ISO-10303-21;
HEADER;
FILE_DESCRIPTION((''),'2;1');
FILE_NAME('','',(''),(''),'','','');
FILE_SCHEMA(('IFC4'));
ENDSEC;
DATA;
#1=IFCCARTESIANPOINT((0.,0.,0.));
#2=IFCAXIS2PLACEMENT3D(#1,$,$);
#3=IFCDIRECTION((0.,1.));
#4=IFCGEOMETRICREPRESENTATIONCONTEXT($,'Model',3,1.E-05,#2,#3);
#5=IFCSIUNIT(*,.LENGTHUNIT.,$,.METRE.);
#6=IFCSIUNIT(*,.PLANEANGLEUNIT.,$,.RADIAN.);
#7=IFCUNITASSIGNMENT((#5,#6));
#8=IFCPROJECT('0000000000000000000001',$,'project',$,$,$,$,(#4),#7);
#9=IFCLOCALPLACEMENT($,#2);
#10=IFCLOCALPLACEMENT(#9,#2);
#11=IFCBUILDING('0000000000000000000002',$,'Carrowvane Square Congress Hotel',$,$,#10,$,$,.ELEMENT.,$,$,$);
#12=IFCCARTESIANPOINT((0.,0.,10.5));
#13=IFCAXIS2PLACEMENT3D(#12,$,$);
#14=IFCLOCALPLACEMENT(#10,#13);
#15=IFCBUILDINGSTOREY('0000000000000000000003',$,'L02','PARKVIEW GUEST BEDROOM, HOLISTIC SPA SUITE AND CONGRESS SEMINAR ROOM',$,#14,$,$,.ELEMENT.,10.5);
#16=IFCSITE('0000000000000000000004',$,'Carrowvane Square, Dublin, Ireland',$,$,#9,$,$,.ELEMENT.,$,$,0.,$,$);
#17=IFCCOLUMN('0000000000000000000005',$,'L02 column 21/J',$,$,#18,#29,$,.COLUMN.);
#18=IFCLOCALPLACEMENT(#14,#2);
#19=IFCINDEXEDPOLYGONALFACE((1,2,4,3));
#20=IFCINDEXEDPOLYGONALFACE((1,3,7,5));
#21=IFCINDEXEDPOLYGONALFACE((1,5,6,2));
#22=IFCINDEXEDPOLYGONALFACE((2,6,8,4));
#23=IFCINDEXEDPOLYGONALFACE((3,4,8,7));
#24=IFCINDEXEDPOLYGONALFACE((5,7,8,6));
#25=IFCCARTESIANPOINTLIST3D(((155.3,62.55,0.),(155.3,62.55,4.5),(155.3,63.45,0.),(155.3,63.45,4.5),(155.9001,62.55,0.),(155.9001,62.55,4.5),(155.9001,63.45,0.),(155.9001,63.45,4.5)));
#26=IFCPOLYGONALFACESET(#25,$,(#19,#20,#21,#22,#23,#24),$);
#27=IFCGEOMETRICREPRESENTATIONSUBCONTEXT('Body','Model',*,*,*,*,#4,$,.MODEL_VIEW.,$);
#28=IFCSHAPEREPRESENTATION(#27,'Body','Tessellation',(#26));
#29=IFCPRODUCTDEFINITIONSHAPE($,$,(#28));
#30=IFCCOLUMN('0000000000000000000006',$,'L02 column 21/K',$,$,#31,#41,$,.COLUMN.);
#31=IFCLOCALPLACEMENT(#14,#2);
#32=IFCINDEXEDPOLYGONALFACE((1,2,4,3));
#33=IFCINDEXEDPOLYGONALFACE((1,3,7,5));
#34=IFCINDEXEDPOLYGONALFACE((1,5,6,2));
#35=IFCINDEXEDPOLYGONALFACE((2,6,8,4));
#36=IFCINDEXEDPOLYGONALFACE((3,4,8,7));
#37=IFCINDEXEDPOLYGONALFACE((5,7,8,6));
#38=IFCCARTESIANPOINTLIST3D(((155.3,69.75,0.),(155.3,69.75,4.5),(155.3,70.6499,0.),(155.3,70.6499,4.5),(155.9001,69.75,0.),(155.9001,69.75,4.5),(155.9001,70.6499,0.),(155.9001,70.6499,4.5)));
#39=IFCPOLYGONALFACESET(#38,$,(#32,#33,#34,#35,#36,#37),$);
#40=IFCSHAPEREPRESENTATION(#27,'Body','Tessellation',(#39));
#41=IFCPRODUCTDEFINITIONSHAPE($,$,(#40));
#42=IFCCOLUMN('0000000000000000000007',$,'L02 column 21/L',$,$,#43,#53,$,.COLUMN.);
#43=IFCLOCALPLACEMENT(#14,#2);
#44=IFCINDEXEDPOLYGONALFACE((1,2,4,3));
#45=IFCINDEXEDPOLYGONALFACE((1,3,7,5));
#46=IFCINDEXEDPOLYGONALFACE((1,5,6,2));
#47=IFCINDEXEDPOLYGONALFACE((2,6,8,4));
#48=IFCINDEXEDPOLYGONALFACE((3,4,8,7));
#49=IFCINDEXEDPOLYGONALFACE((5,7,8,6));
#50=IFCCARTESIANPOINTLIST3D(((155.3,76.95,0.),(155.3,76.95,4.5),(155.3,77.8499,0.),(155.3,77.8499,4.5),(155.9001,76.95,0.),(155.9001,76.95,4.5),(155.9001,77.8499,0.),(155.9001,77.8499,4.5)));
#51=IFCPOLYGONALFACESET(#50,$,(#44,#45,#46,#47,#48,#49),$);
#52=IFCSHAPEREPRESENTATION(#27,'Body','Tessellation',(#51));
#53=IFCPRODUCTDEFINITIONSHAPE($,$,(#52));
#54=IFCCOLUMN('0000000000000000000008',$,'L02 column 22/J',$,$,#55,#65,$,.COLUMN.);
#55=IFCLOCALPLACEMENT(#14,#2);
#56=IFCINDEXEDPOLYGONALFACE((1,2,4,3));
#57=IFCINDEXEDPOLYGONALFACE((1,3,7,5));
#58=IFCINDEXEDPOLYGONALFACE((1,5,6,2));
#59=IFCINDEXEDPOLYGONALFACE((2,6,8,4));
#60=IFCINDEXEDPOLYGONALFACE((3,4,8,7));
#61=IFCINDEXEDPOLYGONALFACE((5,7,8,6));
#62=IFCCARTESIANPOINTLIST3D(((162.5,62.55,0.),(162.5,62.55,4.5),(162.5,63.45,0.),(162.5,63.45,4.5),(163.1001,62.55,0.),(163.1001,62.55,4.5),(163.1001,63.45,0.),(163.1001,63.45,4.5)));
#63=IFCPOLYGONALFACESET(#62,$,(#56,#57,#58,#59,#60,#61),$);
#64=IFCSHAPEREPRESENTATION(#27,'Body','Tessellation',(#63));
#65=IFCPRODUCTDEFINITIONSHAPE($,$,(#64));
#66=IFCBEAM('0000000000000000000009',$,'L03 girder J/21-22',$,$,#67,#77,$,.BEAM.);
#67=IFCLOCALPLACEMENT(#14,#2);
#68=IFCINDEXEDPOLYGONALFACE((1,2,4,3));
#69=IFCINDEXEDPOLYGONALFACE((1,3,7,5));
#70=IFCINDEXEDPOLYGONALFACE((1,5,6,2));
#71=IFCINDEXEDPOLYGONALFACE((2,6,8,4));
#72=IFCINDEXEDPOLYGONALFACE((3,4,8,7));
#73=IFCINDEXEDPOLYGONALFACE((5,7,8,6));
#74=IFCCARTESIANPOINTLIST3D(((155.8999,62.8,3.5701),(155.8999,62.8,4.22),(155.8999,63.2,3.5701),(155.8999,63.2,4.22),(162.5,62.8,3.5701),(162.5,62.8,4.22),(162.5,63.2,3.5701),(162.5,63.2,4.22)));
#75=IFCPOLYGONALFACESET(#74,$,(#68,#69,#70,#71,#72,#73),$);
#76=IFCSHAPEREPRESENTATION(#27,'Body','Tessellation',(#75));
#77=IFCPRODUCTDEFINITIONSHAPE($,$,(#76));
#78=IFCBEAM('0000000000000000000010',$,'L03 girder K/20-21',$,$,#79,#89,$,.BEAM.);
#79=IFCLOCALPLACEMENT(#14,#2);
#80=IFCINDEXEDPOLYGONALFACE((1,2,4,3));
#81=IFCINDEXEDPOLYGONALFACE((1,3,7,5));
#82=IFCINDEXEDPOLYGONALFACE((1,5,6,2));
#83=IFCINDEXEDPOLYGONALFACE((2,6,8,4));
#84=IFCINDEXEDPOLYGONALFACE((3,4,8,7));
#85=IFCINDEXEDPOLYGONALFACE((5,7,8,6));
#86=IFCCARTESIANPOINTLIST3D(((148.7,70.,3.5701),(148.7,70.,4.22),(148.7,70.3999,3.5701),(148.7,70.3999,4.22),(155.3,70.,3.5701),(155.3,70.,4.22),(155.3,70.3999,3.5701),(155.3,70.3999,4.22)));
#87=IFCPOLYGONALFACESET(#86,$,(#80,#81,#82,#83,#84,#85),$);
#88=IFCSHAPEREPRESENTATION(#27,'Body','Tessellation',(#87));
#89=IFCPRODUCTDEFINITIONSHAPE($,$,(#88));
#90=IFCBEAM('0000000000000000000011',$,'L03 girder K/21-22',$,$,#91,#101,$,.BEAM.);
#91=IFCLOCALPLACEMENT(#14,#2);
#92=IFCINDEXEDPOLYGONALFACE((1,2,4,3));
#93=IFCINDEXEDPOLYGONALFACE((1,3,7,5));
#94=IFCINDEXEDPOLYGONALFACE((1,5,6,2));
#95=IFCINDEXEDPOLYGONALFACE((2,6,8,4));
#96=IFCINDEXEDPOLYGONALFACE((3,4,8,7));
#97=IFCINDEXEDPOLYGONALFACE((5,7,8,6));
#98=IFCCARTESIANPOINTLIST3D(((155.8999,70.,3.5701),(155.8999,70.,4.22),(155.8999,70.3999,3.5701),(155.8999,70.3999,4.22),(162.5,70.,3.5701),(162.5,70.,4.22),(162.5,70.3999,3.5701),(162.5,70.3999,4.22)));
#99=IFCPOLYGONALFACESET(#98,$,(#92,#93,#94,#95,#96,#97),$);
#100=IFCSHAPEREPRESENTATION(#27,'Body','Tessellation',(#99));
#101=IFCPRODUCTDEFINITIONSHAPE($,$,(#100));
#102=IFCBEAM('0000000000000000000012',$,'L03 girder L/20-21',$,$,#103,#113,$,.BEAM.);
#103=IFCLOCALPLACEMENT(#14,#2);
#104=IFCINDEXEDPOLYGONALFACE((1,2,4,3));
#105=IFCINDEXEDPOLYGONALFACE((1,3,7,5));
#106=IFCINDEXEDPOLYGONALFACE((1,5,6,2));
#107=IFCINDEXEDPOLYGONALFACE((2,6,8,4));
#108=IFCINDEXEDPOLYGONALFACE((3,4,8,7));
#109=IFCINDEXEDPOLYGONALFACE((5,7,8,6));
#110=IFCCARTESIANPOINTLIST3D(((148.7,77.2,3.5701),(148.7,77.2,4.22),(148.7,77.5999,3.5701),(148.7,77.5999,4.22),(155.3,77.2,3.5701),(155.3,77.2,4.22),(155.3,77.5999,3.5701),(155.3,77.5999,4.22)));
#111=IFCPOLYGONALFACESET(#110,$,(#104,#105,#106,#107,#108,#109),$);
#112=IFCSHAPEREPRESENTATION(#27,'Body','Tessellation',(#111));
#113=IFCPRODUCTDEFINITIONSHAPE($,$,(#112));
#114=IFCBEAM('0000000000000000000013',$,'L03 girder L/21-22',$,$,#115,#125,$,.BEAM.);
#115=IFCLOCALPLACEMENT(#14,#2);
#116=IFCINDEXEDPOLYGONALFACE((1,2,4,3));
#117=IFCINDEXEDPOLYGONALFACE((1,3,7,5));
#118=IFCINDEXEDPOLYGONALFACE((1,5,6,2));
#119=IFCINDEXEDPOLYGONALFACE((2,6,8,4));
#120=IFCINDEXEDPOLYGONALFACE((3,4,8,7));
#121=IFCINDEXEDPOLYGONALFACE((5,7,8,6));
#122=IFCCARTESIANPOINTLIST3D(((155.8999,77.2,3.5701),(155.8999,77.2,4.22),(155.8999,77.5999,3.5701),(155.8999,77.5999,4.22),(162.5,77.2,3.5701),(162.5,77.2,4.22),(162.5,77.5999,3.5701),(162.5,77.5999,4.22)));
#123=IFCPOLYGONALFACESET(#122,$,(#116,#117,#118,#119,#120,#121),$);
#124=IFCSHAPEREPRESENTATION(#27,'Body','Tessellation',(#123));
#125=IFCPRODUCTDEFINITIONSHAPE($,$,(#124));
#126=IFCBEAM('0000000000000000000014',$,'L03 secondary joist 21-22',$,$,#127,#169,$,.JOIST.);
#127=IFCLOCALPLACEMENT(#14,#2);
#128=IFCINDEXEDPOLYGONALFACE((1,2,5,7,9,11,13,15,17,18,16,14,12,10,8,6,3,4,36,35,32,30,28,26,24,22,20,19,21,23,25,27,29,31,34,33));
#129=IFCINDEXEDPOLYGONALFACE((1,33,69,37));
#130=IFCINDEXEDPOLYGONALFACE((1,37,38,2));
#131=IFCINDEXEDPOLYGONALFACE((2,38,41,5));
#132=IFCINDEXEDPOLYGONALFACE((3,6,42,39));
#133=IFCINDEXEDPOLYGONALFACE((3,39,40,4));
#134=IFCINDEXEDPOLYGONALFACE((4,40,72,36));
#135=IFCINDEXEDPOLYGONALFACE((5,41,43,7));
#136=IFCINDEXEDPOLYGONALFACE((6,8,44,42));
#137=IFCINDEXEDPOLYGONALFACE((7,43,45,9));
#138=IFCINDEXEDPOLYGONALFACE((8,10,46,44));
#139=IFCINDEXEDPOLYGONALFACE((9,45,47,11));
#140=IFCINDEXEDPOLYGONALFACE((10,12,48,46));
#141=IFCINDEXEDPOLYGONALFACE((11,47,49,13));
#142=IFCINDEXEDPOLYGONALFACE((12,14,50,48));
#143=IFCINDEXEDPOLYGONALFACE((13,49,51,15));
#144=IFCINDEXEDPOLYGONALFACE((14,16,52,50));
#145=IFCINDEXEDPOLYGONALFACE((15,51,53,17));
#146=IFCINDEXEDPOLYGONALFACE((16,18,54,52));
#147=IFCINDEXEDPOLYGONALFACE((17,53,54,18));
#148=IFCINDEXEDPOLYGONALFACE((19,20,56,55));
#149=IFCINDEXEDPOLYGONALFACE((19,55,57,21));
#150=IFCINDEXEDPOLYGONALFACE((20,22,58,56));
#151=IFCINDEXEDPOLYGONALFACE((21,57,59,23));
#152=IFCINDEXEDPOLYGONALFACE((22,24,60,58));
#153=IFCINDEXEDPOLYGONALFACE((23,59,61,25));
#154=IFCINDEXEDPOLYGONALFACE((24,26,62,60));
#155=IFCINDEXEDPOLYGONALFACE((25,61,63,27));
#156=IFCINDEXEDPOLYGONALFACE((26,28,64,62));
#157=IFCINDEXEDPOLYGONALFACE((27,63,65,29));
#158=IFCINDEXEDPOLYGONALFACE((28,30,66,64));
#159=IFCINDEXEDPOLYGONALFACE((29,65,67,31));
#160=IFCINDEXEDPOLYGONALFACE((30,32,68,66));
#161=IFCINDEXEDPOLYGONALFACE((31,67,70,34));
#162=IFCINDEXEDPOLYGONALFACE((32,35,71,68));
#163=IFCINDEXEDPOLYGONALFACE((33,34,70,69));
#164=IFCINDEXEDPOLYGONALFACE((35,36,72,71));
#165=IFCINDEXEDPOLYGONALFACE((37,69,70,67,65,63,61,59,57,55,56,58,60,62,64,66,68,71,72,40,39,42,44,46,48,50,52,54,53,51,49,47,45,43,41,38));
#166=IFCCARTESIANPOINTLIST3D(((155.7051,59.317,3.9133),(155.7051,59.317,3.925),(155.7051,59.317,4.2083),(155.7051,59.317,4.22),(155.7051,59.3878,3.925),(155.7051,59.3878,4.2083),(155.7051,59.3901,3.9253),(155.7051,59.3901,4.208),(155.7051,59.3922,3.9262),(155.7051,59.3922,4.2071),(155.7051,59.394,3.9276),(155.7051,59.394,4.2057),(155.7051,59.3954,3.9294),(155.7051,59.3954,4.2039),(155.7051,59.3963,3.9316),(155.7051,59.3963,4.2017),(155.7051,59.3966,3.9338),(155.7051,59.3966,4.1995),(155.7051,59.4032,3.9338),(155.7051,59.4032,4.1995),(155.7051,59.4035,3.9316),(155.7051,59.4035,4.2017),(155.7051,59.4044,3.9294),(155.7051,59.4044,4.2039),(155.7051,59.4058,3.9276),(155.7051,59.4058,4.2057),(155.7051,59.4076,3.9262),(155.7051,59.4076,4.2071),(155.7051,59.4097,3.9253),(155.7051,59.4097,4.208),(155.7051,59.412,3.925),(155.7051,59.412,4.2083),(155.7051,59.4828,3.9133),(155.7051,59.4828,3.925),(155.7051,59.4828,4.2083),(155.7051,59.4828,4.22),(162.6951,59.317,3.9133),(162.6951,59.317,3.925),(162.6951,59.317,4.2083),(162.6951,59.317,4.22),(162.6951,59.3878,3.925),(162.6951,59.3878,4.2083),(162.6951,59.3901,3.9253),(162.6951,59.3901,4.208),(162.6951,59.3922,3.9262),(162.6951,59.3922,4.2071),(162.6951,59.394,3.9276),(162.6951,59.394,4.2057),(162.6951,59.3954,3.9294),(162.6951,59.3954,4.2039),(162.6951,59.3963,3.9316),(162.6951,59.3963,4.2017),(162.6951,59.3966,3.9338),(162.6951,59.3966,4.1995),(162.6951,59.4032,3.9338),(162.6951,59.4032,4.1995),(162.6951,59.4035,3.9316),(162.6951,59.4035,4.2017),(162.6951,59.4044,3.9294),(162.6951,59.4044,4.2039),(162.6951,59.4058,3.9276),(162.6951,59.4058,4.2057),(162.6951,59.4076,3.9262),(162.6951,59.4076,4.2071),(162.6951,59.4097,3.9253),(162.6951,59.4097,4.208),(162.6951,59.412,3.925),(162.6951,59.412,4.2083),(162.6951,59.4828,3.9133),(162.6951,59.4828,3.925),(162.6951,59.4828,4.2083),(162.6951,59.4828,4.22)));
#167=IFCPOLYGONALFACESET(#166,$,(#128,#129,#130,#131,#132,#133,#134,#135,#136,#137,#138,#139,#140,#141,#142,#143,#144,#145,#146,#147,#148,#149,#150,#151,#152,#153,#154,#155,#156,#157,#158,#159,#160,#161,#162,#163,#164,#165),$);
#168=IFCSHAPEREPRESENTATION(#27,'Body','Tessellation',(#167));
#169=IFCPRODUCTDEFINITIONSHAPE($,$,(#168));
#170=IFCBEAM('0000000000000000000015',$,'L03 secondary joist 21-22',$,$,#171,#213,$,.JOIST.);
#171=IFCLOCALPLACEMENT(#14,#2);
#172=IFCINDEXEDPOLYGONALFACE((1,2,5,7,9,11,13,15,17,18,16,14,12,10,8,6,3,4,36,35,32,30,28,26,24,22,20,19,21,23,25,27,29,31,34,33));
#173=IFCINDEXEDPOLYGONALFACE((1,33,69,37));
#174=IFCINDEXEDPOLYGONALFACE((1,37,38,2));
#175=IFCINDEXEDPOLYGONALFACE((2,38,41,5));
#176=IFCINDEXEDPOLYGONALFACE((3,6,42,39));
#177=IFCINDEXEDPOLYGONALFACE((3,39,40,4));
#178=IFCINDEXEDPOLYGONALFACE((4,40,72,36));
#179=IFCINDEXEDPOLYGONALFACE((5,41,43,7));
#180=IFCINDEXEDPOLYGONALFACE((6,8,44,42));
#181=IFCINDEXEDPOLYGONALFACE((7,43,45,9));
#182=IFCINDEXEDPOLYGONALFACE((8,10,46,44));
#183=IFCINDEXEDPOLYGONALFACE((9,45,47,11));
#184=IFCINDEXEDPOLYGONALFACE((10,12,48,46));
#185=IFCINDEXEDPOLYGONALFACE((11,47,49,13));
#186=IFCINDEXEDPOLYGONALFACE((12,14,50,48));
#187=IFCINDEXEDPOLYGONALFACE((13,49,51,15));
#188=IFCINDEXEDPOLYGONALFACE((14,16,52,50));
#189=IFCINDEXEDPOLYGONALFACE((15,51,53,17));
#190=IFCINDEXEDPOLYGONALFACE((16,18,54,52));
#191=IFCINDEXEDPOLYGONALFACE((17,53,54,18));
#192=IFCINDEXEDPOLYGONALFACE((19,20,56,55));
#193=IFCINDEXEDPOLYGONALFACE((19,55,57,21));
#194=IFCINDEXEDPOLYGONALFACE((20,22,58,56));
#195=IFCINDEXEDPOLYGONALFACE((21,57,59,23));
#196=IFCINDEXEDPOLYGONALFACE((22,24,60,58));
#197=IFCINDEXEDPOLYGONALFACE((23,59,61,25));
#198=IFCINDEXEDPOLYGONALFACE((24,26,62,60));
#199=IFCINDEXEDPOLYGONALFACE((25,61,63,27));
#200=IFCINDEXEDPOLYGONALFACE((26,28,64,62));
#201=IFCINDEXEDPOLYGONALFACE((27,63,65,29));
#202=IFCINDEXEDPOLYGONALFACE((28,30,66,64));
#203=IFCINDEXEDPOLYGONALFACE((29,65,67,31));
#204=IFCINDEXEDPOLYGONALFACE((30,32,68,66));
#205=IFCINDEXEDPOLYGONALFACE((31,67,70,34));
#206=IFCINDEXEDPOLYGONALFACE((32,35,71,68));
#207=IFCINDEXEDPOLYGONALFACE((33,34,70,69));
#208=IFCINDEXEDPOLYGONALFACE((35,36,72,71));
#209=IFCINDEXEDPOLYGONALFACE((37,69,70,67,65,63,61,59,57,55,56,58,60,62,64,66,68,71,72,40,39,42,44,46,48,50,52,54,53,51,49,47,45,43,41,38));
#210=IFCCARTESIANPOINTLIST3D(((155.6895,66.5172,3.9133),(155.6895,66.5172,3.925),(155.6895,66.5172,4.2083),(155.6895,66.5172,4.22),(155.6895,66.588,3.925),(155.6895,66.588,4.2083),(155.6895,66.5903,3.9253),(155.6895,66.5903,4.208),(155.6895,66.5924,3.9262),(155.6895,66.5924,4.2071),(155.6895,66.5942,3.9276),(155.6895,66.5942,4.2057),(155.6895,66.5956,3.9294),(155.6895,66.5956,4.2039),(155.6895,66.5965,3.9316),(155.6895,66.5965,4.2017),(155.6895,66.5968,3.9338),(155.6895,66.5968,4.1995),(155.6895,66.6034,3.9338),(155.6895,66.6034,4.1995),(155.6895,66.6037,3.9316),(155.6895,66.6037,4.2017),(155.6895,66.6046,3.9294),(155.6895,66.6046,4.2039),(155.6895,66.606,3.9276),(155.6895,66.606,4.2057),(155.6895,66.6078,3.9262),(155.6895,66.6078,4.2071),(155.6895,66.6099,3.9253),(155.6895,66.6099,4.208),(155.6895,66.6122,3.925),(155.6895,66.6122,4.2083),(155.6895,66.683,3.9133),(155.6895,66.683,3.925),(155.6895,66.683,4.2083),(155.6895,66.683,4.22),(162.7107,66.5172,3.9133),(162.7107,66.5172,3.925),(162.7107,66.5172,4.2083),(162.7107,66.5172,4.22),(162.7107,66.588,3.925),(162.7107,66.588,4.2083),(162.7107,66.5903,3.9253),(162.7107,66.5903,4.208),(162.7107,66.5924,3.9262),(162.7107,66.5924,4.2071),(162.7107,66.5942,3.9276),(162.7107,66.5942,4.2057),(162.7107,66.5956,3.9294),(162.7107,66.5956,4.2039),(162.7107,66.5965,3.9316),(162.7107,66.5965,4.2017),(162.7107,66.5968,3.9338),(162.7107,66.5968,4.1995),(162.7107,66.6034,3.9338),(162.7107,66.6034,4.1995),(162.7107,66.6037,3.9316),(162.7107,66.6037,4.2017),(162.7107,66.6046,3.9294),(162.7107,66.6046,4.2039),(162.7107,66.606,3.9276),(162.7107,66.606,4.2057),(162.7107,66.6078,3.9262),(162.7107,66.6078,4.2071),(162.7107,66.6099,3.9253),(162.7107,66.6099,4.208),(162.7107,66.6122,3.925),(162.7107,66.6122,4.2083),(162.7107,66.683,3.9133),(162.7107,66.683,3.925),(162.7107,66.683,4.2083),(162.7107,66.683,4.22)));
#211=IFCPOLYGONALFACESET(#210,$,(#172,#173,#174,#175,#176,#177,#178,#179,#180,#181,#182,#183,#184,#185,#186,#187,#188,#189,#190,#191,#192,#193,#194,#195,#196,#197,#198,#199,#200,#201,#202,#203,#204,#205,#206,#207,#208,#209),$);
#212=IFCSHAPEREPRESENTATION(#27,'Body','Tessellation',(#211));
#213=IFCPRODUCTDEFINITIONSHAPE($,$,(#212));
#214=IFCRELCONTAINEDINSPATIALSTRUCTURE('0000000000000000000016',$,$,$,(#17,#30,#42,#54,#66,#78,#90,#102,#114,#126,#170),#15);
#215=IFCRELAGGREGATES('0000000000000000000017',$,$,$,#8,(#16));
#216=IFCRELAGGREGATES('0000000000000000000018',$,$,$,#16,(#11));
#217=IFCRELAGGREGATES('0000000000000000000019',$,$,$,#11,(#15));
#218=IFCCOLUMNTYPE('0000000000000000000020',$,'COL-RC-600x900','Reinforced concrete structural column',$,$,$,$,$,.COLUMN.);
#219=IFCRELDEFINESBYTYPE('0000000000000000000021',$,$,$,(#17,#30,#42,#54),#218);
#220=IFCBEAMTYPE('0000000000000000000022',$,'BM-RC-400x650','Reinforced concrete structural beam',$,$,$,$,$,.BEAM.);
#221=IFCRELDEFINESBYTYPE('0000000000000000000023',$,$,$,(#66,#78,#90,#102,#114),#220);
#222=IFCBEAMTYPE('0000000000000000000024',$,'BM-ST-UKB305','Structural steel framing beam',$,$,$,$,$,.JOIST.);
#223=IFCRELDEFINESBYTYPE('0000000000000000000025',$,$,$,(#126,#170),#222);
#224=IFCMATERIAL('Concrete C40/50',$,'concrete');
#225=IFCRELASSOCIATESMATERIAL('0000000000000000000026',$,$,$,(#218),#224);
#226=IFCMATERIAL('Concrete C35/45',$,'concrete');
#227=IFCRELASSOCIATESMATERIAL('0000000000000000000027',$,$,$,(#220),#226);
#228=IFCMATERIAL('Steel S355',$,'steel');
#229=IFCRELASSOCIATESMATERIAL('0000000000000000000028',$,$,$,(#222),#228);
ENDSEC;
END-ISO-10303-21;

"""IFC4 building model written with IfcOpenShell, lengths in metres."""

from ifc_helpers import new_model, si_unit, direction, frame, origin, origin_2d, place, context, subcontext, project, spatial, rectangle, i_section, extrude, material, material_profile, profile_set, type_object, element, save


model = new_model("IFC4")

# Units and contexts
model_context = context("Model", 3, precision=1e-05, world=origin(), true_north=direction((0.0, 1.0)))
body_context = subcontext(model_context, "Body", "Model", "MODEL_VIEW")
ifc_project = project(units=[si_unit("LENGTHUNIT", "METRE"), si_unit("PLANEANGLEUNIT", "RADIAN")], contexts=[model_context])

# Site, building, storey
site_placement = place(None, origin())
site = spatial("IfcSite", under=ifc_project, at=site_placement, Name="Carrowvane Square, Dublin, Ireland", CompositionType="ELEMENT", RefElevation=0.0)
building_placement = place(site_placement, origin())
building = spatial("IfcBuilding", under=site, at=building_placement, Name="Carrowvane Square Congress Hotel", CompositionType="ELEMENT")
storey_placement = place(building_placement, frame((0.0, 0.0, 10.5)))
storey = spatial("IfcBuildingStorey", under=building, at=storey_placement, Name="L02", Description="PARKVIEW GUEST BEDROOM, HOLISTIC SPA SUITE AND CONGRESS SEMINAR ROOM", CompositionType="ELEMENT", Elevation=10.5)

# Columns
ifc_material_1 = material(Name="Concrete C40/50", Category="concrete")
ifc_material_profile_1 = material_profile(ifc_material_1, rectangle(XDim=0.6001, YDim=0.8999, at=origin_2d()), Name="RC 600x900")
ifc_profile_set_1 = profile_set([ifc_material_profile_1], Name="Concrete C40/50")
column_type = type_object("IfcColumnType", Name="COL-RC-600x900", Description="Reinforced concrete structural column", PredefinedType="COLUMN", material=ifc_profile_set_1)
for number, where, z_axis, x_axis, name in (
    (1, (155.6001, 63.0, 0.0), (0.0, 0.0, 1.0), (1.0, 0.0, 0.0), "L02 column 21/J"),
    (2, (155.6001, 70.2, 0.0), (0.0, 0.0, 1.0), (1.0, 0.0, 0.0), "L02 column 21/K"),
    (3, (155.6001, 77.3999, 0.0), (0.0, 0.0, 1.0), (1.0, 0.0, 0.0), "L02 column 21/L"),
    (4, (162.8, 63.0, 0.0), (0.0, 0.0, 1.0), (1.0, 0.0, 0.0), "L02 column 22/J"),
):
    element("IfcColumn", number, at=place(storey_placement, frame(where, z_axis=z_axis, x_axis=x_axis)), inside=storey, type_object=column_type, Name=name, PredefinedType="COLUMN", context=body_context, shape_type="SweptSolid", body=[
        extrude(rectangle(XDim=0.6001, YDim=0.8999, at=origin_2d()), origin(), (0.0, 0.0, 1.0), 4.5),
    ])

# Beams
ifc_material_2 = material(Name="Concrete C35/45", Category="concrete")
ifc_material_profile_2 = material_profile(ifc_material_2, rectangle(XDim=0.3999, YDim=0.6499, at=origin_2d()), Name="RC 400x650")
ifc_profile_set_2 = profile_set([ifc_material_profile_2], Name="Concrete C35/45")
beam_type_1 = type_object("IfcBeamType", Name="BM-RC-400x650", Description="Reinforced concrete structural beam", PredefinedType="BEAM", material=ifc_profile_set_2)
for number, where, z_axis, x_axis, name in (
    (5, (155.8999, 63.0, 3.895), (1.0, 0.0, 0.0), (0.0, 1.0, 0.0), "L03 girder J/21-22"),
    (6, (148.7, 70.2, 3.895), (1.0, 0.0, 0.0), (0.0, 1.0, 0.0), "L03 girder K/20-21"),
    (7, (155.8999, 70.2, 3.895), (1.0, 0.0, 0.0), (0.0, 1.0, 0.0), "L03 girder K/21-22"),
    (8, (148.7, 77.3999, 3.895), (1.0, 0.0, 0.0), (0.0, 1.0, 0.0), "L03 girder L/20-21"),
    (9, (155.8999, 77.3999, 3.895), (1.0, 0.0, 0.0), (0.0, 1.0, 0.0), "L03 girder L/21-22"),
):
    element("IfcBeam", number, at=place(storey_placement, frame(where, z_axis=z_axis, x_axis=x_axis)), inside=storey, type_object=beam_type_1, Name=name, PredefinedType="BEAM", context=body_context, shape_type="SweptSolid", body=[
        extrude(rectangle(XDim=0.3999, YDim=0.6499, at=origin_2d()), origin(), (0.0, 0.0, 1.0), 6.6001),
    ])
ifc_material_3 = material(Name="Steel S355", Category="steel")
ifc_material_profile_3 = material_profile(ifc_material_3, i_section(OverallWidth=0.1658, OverallDepth=0.3066, WebThickness=0.0066, FlangeThickness=0.0117, FilletRadius=0.0088, at=origin_2d()), Name="UKB 305x165x46")
ifc_profile_set_3 = profile_set([ifc_material_profile_3], Name="Steel S355")
beam_type_2 = type_object("IfcBeamType", Name="BM-ST-UKB305", Description="Structural steel framing beam", PredefinedType="JOIST", material=ifc_profile_set_3)
beam_1_placement = place(storey_placement, frame((155.7051, 59.3999, 4.0667), z_axis=(1.0, 0.0, 0.0), x_axis=(0.0, 1.0, 0.0)))
element("IfcBeam", 10, at=beam_1_placement, inside=storey, type_object=beam_type_2, Name="L03 secondary joist 21-22", PredefinedType="JOIST", context=body_context, shape_type="SweptSolid", body=[
    extrude(i_section(OverallWidth=0.1658, OverallDepth=0.3066, WebThickness=0.0066, FlangeThickness=0.0117, FilletRadius=0.0088, at=origin_2d()), origin(), (0.0, 0.0, 1.0), 6.99),
])
for number, where, z_axis, x_axis, name in (
    (11, (155.6895, 66.6001, 4.0667), (1.0, 0.0, 0.0), (0.0, 1.0, 0.0), "L03 secondary joist 21-22"),
):
    element("IfcBeam", number, at=place(storey_placement, frame(where, z_axis=z_axis, x_axis=x_axis)), inside=storey, type_object=beam_type_2, Name=name, PredefinedType="JOIST", context=body_context, shape_type="SweptSolid", body=[
        extrude(i_section(OverallWidth=0.1658, OverallDepth=0.3066, WebThickness=0.0066, FlangeThickness=0.0117, FilletRadius=0.0088, at=origin_2d()), origin(), (0.0, 0.0, 1.0), 7.0212),
    ])

save(model, "model.ifc")
